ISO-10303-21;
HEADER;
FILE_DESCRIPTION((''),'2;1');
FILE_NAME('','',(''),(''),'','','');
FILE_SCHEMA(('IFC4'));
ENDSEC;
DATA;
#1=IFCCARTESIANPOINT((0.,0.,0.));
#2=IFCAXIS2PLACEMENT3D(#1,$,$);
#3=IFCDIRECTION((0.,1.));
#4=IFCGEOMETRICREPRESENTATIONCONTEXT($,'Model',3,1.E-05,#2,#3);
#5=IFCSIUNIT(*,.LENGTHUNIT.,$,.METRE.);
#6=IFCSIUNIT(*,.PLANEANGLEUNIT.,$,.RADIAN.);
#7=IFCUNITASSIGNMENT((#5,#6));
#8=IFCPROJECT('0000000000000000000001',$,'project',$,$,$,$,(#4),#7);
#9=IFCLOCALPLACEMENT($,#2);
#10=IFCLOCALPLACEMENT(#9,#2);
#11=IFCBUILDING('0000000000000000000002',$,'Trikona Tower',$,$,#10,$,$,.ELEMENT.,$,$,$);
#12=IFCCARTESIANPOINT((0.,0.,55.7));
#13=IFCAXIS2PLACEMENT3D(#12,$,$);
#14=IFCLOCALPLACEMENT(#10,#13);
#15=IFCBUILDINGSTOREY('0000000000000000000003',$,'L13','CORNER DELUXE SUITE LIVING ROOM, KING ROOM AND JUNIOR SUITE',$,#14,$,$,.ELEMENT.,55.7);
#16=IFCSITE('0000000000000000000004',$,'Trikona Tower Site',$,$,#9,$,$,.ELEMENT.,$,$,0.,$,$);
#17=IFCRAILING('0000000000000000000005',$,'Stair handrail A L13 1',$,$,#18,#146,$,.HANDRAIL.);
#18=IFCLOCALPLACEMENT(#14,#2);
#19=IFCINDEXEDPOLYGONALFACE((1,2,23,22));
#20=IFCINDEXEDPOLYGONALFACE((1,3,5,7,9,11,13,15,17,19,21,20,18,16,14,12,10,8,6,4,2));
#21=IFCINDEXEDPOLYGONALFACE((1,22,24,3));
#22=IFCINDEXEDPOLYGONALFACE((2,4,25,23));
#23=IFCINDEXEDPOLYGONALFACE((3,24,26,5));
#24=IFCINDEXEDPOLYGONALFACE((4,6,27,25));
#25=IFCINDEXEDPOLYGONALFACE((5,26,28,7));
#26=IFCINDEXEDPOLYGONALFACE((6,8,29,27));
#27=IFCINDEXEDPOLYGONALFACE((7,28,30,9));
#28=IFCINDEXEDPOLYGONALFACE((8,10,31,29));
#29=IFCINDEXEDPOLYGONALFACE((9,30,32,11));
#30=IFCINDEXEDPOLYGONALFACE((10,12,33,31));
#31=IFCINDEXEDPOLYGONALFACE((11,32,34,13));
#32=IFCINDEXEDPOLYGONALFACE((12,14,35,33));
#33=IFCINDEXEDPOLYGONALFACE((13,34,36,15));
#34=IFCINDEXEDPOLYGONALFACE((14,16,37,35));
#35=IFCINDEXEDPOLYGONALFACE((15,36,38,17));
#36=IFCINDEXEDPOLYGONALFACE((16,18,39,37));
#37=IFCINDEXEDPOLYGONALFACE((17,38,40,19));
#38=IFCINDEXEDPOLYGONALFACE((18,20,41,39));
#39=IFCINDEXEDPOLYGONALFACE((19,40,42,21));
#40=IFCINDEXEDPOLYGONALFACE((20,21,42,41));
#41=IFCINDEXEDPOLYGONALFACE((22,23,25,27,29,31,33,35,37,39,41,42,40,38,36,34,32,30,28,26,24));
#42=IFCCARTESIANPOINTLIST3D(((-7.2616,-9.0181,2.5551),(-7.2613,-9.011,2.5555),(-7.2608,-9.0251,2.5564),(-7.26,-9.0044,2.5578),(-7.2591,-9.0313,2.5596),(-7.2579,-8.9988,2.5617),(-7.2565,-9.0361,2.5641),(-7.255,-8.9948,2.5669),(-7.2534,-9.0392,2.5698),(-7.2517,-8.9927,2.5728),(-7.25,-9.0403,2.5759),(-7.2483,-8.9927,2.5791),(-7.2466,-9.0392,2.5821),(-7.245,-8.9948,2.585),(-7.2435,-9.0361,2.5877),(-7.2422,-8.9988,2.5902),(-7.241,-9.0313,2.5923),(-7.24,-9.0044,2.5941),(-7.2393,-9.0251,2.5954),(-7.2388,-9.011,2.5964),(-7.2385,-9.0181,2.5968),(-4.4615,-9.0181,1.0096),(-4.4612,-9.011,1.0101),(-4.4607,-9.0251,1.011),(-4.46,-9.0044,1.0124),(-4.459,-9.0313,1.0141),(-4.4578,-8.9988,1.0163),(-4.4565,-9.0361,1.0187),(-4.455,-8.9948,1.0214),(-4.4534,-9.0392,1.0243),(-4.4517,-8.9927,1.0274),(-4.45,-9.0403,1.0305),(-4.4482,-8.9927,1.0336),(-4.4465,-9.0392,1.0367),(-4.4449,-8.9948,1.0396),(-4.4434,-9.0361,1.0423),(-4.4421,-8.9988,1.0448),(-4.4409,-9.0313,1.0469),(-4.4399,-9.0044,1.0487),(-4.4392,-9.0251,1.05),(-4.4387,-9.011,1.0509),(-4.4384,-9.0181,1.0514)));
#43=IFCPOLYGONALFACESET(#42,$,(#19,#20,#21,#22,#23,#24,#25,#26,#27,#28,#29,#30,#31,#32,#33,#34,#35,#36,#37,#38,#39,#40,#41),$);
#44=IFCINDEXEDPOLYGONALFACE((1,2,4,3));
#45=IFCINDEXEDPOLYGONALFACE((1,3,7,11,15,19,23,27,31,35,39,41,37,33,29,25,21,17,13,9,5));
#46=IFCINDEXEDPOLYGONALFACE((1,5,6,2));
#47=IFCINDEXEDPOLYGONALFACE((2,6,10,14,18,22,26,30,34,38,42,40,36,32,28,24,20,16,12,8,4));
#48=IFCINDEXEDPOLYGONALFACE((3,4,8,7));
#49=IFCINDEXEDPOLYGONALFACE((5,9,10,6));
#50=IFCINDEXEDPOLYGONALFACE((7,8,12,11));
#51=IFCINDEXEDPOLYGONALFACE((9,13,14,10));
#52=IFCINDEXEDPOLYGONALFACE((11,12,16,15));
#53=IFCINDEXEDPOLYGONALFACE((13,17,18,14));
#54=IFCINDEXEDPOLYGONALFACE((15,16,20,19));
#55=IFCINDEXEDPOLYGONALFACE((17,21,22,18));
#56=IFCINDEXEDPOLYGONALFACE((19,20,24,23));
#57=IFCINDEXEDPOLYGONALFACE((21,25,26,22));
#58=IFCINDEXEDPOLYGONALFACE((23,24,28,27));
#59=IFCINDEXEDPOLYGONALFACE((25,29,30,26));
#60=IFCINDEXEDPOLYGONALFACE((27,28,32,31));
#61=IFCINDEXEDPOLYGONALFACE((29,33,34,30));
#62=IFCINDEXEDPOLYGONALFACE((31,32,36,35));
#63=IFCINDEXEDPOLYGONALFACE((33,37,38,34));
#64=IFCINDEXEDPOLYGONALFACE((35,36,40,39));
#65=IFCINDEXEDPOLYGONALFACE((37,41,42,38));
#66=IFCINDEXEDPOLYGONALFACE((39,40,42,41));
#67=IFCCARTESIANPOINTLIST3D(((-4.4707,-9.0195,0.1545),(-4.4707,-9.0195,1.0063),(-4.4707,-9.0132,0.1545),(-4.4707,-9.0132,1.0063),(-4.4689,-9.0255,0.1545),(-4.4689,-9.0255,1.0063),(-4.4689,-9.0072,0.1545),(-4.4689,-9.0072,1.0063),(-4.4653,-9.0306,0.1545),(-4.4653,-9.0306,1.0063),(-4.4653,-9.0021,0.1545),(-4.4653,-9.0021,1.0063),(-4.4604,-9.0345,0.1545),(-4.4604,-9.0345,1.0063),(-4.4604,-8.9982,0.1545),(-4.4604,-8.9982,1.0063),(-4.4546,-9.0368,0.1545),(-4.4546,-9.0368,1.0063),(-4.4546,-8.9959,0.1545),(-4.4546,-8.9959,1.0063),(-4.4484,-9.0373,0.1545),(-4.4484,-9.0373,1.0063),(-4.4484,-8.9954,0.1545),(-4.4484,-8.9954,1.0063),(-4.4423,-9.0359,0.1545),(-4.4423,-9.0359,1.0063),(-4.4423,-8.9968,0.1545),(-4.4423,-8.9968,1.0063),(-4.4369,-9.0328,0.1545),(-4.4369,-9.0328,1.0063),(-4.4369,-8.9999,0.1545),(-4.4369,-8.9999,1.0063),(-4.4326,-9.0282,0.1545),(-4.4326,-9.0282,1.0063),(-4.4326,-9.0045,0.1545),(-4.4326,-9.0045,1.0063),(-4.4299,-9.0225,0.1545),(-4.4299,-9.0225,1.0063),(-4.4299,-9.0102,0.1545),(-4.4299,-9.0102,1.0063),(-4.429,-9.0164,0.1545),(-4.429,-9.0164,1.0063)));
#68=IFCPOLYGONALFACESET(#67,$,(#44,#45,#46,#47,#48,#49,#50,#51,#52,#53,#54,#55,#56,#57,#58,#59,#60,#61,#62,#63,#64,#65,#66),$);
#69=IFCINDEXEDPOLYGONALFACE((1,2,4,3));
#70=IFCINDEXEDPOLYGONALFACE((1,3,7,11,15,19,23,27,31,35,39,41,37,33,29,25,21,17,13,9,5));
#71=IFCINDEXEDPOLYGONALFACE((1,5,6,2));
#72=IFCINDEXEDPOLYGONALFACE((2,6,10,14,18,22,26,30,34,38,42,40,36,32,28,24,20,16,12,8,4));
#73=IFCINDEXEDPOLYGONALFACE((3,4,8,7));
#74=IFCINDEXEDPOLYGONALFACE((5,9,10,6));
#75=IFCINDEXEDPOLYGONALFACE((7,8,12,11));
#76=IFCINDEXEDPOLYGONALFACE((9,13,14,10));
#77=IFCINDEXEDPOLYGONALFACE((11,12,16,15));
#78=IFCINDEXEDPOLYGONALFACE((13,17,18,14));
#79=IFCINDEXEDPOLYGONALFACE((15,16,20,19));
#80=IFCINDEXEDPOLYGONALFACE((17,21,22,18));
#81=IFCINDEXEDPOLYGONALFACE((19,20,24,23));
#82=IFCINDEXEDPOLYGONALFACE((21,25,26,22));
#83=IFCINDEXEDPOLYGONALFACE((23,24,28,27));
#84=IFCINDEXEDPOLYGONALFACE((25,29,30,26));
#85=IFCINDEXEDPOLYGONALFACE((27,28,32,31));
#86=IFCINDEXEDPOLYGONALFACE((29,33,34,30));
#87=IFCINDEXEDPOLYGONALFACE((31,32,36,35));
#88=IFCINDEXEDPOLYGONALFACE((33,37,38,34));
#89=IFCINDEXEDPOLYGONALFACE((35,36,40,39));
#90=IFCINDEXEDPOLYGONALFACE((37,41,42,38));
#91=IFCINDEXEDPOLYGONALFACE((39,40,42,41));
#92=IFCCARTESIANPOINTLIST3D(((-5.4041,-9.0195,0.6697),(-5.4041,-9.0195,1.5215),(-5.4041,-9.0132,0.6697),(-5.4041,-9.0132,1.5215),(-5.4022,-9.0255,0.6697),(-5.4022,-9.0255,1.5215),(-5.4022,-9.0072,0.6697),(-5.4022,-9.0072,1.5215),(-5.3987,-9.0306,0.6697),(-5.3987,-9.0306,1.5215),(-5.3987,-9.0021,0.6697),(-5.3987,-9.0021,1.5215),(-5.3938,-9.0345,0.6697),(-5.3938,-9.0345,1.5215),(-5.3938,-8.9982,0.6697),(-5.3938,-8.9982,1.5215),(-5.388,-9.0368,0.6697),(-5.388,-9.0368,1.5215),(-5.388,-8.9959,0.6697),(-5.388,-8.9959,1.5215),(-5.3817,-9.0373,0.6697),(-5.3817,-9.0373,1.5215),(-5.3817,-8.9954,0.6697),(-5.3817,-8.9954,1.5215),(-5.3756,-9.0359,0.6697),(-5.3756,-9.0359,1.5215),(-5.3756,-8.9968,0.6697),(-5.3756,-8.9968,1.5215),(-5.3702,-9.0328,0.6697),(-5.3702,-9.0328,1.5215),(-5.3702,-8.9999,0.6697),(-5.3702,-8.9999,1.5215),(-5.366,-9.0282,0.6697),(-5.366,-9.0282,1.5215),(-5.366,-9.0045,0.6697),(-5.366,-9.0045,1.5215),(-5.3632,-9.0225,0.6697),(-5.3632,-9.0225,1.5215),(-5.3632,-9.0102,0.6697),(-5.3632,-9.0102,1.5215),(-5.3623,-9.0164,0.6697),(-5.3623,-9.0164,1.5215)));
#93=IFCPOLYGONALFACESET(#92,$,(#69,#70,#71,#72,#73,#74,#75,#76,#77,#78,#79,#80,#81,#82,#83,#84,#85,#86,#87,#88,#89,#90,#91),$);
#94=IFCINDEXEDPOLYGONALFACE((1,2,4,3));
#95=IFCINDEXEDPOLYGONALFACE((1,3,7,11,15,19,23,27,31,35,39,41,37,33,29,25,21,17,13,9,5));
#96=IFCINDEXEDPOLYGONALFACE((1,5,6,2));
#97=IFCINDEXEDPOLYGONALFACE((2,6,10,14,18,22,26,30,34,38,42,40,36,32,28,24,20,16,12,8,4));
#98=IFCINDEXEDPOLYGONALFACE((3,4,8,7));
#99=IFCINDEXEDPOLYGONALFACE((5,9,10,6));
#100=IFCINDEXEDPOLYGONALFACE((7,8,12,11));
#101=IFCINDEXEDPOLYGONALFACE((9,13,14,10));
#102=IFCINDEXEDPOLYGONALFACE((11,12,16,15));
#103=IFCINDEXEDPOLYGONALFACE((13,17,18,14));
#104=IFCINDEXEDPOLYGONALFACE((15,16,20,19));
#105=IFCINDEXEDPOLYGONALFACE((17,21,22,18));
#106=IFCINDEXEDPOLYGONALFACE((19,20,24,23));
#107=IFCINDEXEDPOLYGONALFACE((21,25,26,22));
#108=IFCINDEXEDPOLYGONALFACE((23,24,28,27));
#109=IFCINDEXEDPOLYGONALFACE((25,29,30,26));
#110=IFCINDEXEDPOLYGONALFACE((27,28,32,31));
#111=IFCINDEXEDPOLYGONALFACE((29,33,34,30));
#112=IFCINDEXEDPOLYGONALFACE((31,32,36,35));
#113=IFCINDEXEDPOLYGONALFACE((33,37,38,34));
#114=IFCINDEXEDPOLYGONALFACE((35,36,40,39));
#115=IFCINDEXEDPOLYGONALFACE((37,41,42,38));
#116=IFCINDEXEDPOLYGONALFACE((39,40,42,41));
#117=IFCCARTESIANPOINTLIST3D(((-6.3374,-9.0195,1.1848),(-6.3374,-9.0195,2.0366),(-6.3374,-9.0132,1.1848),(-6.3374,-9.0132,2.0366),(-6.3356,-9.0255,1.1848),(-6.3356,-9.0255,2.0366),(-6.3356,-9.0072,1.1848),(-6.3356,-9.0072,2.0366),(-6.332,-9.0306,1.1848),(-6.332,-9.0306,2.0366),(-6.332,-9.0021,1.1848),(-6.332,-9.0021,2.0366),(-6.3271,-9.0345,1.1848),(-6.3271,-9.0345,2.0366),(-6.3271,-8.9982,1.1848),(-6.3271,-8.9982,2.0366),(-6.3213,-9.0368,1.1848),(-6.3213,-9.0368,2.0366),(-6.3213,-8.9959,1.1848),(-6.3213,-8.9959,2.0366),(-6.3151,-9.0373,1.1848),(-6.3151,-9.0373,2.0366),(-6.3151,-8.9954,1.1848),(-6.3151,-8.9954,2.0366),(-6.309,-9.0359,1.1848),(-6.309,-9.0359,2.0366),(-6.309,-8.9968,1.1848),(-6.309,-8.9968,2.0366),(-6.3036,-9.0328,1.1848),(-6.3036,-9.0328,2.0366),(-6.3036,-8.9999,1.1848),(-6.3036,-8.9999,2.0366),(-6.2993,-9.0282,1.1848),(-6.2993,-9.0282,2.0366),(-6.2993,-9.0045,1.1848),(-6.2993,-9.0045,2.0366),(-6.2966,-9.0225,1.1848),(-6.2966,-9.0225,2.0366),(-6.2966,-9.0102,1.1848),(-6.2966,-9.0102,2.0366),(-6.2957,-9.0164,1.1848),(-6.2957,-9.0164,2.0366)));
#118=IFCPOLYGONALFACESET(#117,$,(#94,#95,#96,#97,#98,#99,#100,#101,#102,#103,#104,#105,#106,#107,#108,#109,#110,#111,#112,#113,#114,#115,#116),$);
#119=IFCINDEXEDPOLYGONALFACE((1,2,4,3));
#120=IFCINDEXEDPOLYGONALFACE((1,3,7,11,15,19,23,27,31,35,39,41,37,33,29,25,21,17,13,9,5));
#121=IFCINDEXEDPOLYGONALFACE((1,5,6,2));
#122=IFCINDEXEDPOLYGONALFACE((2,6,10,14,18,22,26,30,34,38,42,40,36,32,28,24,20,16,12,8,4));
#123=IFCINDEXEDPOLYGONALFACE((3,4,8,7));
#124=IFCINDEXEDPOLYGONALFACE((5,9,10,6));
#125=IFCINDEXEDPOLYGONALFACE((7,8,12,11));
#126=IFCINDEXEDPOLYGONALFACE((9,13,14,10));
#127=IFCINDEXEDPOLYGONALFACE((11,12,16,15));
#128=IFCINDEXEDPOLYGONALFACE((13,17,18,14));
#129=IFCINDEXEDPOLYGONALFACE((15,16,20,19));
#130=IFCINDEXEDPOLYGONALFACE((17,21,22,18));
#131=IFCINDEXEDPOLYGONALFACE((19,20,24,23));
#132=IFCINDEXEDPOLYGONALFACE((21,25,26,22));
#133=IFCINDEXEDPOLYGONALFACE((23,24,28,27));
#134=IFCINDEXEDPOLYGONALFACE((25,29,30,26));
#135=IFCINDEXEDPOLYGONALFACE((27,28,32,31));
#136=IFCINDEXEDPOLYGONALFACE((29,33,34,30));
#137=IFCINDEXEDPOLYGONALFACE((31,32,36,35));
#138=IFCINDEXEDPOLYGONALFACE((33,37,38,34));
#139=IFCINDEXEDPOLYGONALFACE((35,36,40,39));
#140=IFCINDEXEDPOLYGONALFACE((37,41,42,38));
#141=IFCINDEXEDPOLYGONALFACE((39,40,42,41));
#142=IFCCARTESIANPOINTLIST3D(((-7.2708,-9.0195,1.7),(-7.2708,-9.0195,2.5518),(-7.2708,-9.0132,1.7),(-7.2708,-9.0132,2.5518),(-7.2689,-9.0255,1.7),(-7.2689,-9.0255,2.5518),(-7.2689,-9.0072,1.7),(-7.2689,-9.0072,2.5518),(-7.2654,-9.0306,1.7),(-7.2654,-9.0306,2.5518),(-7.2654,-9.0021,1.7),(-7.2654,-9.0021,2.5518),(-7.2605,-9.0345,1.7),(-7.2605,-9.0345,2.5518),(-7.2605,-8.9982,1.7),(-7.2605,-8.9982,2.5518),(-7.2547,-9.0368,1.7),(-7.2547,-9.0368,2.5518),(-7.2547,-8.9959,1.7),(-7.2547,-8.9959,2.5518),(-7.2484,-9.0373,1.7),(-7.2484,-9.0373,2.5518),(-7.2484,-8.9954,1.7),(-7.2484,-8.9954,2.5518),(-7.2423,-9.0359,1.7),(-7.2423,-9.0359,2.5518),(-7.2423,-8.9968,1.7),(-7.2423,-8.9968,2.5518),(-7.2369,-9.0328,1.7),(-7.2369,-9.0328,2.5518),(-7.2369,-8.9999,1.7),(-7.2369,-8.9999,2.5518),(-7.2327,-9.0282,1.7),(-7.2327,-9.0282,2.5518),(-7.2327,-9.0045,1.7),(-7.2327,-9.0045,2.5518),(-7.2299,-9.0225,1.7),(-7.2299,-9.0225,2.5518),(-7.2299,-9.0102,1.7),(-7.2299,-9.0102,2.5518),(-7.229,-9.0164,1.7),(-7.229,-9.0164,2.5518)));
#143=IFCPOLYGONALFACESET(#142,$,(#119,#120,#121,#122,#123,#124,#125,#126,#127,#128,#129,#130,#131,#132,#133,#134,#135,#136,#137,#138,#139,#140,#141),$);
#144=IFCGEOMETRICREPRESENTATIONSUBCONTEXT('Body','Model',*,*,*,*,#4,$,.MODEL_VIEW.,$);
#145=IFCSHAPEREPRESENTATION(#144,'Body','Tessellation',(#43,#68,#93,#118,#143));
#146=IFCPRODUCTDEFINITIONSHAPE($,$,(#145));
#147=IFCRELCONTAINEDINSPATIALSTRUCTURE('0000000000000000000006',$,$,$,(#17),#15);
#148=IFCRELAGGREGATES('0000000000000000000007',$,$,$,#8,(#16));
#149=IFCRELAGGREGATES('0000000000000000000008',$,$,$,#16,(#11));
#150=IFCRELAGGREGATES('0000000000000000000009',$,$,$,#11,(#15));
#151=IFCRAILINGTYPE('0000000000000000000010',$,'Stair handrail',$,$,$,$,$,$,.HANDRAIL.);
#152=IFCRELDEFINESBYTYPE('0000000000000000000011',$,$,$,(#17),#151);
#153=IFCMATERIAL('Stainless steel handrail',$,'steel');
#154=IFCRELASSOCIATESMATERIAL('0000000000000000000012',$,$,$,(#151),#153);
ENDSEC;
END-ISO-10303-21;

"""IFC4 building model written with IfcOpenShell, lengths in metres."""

from ifc_helpers import new_model, si_unit, direction, frame, origin, origin_2d, place, context, subcontext, project, spatial, circle, extrude, material, type_object, element, save


model = new_model("IFC4")

# Units and contexts
model_context = context("Model", 3, precision=1e-05, world=origin(), true_north=direction((0.0, 1.0)))
body_context = subcontext(model_context, "Body", "Model", "MODEL_VIEW")
ifc_project = project(units=[si_unit("LENGTHUNIT", "METRE"), si_unit("PLANEANGLEUNIT", "RADIAN")], contexts=[model_context])

# Site, building, storey
site_placement = place(None, origin())
site = spatial("IfcSite", under=ifc_project, at=site_placement, Name="Trikona Tower Site", CompositionType="ELEMENT", RefElevation=0.0)
building_placement = place(site_placement, origin())
building = spatial("IfcBuilding", under=site, at=building_placement, Name="Trikona Tower", CompositionType="ELEMENT")
storey_placement = place(building_placement, frame((0.0, 0.0, 55.7)))
storey = spatial("IfcBuildingStorey", under=building, at=storey_placement, Name="L13", Description="CORNER DELUXE SUITE LIVING ROOM, KING ROOM AND JUNIOR SUITE", CompositionType="ELEMENT", Elevation=55.7)

# Railing
ifc_material_1 = material(Name="Stainless steel handrail", Category="steel")
railing_type = type_object("IfcRailingType", Name="Stair handrail", PredefinedType="HANDRAIL", material=ifc_material_1)
railing_placement = place(storey_placement, frame((-4.45, -9.0164, 0.1545)))
element("IfcRailing", 1, at=railing_placement, inside=storey, type_object=railing_type, Name="Stair handrail A L13 1", PredefinedType="HANDRAIL", context=body_context, shape_type="SweptSolid", body=[
    extrude(circle(Radius=0.0239, at=origin_2d()), frame((0.0, 0.0, 0.876), z_axis=(-0.875504, 0.0, 0.483211), x_axis=(0.0, -1.0, 0.0)), (0.0, 0.0, 1.0), 3.1982),
    extrude(circle(Radius=0.021, at=origin_2d()), origin(), (0.0, 0.0, 1.0), 0.8518),
    extrude(circle(Radius=0.021, at=origin_2d()), frame((-0.9333, 0.0, 0.5151)), (0.0, 0.0, 1.0), 0.8518),
    extrude(circle(Radius=0.021, at=origin_2d()), frame((-1.8667, 0.0, 1.0303)), (0.0, 0.0, 1.0), 0.8518),
    extrude(circle(Radius=0.021, at=origin_2d()), frame((-2.8, 0.0, 1.5454)), (0.0, 0.0, 1.0), 0.8518),
])

save(model, "model.ifc")
